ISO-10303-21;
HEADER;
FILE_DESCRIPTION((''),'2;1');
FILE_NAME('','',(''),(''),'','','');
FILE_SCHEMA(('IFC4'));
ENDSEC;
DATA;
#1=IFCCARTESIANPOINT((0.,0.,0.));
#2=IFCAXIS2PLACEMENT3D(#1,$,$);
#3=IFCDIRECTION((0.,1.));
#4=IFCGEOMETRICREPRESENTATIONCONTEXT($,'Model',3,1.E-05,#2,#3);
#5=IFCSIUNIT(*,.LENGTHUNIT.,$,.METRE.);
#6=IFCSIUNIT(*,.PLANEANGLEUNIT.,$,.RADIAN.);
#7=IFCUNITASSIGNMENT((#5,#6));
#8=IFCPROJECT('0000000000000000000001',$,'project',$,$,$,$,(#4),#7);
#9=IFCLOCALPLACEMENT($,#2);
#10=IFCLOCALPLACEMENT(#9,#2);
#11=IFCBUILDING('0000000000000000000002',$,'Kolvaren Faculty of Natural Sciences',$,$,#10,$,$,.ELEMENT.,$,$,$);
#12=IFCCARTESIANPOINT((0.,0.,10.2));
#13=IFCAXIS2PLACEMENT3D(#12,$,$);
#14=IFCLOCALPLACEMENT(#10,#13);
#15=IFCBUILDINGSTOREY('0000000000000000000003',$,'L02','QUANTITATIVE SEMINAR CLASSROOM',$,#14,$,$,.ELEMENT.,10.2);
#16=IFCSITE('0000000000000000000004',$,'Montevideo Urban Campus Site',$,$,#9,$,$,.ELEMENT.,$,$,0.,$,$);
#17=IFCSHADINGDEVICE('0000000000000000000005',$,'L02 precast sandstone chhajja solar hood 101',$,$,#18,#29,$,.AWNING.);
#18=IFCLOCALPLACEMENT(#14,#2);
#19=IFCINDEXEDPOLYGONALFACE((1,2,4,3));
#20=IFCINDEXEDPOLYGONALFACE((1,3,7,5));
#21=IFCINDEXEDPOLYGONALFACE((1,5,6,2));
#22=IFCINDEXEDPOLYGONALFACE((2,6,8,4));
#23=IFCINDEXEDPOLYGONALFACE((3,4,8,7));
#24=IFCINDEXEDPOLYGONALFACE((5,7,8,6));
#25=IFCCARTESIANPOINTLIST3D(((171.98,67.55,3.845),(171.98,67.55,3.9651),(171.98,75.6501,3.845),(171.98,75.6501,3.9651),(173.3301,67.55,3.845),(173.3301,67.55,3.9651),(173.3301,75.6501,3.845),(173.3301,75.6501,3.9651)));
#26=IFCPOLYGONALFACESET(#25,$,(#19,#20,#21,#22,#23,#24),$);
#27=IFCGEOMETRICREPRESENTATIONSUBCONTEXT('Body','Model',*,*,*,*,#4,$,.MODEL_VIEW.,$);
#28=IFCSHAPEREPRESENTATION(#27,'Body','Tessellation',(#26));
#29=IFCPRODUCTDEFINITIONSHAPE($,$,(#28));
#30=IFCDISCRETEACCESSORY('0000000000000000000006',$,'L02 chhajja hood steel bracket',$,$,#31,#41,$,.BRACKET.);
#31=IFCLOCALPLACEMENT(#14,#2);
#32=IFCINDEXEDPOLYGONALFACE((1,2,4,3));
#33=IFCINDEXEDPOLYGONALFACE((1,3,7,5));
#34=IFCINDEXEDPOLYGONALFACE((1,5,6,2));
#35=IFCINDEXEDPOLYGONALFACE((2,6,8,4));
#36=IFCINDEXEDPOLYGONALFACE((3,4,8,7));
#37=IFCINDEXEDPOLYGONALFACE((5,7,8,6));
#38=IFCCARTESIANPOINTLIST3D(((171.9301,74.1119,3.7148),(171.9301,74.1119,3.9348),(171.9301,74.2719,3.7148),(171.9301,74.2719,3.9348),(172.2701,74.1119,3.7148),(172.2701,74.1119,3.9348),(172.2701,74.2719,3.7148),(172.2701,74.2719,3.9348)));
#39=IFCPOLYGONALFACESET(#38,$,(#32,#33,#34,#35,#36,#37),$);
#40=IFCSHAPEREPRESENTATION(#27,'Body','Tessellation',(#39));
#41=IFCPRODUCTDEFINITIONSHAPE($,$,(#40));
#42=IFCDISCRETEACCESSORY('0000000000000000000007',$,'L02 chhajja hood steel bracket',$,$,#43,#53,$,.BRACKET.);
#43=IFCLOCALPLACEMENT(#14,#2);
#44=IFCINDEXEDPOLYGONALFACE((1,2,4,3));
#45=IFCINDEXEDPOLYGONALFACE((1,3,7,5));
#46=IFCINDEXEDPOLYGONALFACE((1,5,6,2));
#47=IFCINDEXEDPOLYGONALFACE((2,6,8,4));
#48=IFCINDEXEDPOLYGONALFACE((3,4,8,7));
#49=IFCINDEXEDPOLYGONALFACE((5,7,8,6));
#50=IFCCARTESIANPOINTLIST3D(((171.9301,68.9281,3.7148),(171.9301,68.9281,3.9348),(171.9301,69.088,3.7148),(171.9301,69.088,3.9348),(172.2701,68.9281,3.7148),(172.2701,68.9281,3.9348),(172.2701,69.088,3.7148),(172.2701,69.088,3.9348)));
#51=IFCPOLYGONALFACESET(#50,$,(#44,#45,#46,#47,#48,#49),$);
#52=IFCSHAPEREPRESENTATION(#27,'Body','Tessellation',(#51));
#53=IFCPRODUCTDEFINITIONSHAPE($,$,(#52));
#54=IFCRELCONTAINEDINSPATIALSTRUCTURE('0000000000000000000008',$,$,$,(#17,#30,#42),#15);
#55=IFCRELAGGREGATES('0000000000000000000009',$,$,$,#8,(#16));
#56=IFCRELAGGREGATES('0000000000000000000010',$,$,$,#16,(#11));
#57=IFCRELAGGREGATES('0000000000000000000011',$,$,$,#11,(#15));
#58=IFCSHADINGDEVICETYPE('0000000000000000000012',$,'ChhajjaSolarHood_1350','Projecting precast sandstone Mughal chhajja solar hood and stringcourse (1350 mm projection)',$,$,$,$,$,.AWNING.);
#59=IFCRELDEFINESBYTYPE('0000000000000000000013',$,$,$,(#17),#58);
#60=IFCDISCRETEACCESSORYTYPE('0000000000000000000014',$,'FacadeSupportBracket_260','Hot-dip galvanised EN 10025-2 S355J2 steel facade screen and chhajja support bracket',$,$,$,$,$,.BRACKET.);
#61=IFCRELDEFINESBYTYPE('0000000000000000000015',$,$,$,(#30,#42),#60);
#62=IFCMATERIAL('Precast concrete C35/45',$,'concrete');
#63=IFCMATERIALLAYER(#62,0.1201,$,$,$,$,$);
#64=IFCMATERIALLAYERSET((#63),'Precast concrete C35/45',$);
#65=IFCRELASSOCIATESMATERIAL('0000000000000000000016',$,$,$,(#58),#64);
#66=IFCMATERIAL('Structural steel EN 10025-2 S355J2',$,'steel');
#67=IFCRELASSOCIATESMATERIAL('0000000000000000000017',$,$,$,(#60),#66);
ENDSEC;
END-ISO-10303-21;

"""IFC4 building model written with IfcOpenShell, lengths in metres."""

from ifc_helpers import new_model, si_unit, direction, frame, origin, origin_2d, place, context, subcontext, project, spatial, rectangle, extrude, material, layer, layer_set, type_object, element, save


model = new_model("IFC4")

# Units and contexts
model_context = context("Model", 3, precision=1e-05, world=origin(), true_north=direction((0.0, 1.0)))
body_context = subcontext(model_context, "Body", "Model", "MODEL_VIEW")
ifc_project = project(units=[si_unit("LENGTHUNIT", "METRE"), si_unit("PLANEANGLEUNIT", "RADIAN")], contexts=[model_context])

# Site, building, storey
site_placement = place(None, origin())
site = spatial("IfcSite", under=ifc_project, at=site_placement, Name="Montevideo Urban Campus Site", CompositionType="ELEMENT", RefElevation=0.0)
building_placement = place(site_placement, origin())
building = spatial("IfcBuilding", under=site, at=building_placement, Name="Kolvaren Faculty of Natural Sciences", CompositionType="ELEMENT")
storey_placement = place(building_placement, frame((0.0, 0.0, 10.2)))
storey = spatial("IfcBuildingStorey", under=building, at=storey_placement, Name="L02", Description="QUANTITATIVE SEMINAR CLASSROOM", CompositionType="ELEMENT", Elevation=10.2)

# Shading device
ifc_material_1 = material(Name="Precast concrete C35/45", Category="concrete")
ifc_layer_1 = layer(ifc_material_1, 0.1201)
ifc_layer_set_1 = layer_set([ifc_layer_1], Name="Precast concrete C35/45")
shading_device_type = type_object("IfcShadingDeviceType", Name="ChhajjaSolarHood_1350", Description="Projecting precast sandstone Mughal chhajja solar hood and stringcourse (1350 mm projection)", PredefinedType="AWNING", material=ifc_layer_set_1)
shading_device_placement = place(storey_placement, frame((172.655, 71.6001, 3.845), z_axis=(0.0, 0.0, 1.0), x_axis=(0.0, -1.0, 0.0)))
element("IfcShadingDevice", 1, at=shading_device_placement, inside=storey, type_object=shading_device_type, Name="L02 precast sandstone chhajja solar hood 101", PredefinedType="AWNING", context=body_context, shape_type="SweptSolid", body=[
    extrude(rectangle(XDim=8.1001, YDim=1.3501, at=origin_2d()), origin(), (0.0, 0.0, 1.0), 0.1201),
])

# Discrete accessories
ifc_material_2 = material(Name="Structural steel EN 10025-2 S355J2", Category="steel")
discrete_accessory_type = type_object("IfcDiscreteAccessoryType", Name="FacadeSupportBracket_260", Description="Hot-dip galvanised EN 10025-2 S355J2 steel facade screen and chhajja support bracket", PredefinedType="BRACKET", material=ifc_material_2)
for number, where, z_axis, x_axis, name in (
    (2, (172.1001, 74.1919, 3.7148), (0.0, 0.0, 1.0), (0.0, -1.0, 0.0), "L02 chhajja hood steel bracket"),
    (3, (172.1001, 69.0081, 3.7148), (0.0, 0.0, 1.0), (0.0, -1.0, 0.0), "L02 chhajja hood steel bracket"),
):
    element("IfcDiscreteAccessory", number, at=place(storey_placement, frame(where, z_axis=z_axis, x_axis=x_axis)), inside=storey, type_object=discrete_accessory_type, Name=name, PredefinedType="BRACKET", context=body_context, shape_type="SweptSolid", body=[
        extrude(rectangle(XDim=0.1599, YDim=0.3401, at=origin_2d()), origin(), (0.0, 0.0, 1.0), 0.22),
    ])

save(model, "model.ifc")
